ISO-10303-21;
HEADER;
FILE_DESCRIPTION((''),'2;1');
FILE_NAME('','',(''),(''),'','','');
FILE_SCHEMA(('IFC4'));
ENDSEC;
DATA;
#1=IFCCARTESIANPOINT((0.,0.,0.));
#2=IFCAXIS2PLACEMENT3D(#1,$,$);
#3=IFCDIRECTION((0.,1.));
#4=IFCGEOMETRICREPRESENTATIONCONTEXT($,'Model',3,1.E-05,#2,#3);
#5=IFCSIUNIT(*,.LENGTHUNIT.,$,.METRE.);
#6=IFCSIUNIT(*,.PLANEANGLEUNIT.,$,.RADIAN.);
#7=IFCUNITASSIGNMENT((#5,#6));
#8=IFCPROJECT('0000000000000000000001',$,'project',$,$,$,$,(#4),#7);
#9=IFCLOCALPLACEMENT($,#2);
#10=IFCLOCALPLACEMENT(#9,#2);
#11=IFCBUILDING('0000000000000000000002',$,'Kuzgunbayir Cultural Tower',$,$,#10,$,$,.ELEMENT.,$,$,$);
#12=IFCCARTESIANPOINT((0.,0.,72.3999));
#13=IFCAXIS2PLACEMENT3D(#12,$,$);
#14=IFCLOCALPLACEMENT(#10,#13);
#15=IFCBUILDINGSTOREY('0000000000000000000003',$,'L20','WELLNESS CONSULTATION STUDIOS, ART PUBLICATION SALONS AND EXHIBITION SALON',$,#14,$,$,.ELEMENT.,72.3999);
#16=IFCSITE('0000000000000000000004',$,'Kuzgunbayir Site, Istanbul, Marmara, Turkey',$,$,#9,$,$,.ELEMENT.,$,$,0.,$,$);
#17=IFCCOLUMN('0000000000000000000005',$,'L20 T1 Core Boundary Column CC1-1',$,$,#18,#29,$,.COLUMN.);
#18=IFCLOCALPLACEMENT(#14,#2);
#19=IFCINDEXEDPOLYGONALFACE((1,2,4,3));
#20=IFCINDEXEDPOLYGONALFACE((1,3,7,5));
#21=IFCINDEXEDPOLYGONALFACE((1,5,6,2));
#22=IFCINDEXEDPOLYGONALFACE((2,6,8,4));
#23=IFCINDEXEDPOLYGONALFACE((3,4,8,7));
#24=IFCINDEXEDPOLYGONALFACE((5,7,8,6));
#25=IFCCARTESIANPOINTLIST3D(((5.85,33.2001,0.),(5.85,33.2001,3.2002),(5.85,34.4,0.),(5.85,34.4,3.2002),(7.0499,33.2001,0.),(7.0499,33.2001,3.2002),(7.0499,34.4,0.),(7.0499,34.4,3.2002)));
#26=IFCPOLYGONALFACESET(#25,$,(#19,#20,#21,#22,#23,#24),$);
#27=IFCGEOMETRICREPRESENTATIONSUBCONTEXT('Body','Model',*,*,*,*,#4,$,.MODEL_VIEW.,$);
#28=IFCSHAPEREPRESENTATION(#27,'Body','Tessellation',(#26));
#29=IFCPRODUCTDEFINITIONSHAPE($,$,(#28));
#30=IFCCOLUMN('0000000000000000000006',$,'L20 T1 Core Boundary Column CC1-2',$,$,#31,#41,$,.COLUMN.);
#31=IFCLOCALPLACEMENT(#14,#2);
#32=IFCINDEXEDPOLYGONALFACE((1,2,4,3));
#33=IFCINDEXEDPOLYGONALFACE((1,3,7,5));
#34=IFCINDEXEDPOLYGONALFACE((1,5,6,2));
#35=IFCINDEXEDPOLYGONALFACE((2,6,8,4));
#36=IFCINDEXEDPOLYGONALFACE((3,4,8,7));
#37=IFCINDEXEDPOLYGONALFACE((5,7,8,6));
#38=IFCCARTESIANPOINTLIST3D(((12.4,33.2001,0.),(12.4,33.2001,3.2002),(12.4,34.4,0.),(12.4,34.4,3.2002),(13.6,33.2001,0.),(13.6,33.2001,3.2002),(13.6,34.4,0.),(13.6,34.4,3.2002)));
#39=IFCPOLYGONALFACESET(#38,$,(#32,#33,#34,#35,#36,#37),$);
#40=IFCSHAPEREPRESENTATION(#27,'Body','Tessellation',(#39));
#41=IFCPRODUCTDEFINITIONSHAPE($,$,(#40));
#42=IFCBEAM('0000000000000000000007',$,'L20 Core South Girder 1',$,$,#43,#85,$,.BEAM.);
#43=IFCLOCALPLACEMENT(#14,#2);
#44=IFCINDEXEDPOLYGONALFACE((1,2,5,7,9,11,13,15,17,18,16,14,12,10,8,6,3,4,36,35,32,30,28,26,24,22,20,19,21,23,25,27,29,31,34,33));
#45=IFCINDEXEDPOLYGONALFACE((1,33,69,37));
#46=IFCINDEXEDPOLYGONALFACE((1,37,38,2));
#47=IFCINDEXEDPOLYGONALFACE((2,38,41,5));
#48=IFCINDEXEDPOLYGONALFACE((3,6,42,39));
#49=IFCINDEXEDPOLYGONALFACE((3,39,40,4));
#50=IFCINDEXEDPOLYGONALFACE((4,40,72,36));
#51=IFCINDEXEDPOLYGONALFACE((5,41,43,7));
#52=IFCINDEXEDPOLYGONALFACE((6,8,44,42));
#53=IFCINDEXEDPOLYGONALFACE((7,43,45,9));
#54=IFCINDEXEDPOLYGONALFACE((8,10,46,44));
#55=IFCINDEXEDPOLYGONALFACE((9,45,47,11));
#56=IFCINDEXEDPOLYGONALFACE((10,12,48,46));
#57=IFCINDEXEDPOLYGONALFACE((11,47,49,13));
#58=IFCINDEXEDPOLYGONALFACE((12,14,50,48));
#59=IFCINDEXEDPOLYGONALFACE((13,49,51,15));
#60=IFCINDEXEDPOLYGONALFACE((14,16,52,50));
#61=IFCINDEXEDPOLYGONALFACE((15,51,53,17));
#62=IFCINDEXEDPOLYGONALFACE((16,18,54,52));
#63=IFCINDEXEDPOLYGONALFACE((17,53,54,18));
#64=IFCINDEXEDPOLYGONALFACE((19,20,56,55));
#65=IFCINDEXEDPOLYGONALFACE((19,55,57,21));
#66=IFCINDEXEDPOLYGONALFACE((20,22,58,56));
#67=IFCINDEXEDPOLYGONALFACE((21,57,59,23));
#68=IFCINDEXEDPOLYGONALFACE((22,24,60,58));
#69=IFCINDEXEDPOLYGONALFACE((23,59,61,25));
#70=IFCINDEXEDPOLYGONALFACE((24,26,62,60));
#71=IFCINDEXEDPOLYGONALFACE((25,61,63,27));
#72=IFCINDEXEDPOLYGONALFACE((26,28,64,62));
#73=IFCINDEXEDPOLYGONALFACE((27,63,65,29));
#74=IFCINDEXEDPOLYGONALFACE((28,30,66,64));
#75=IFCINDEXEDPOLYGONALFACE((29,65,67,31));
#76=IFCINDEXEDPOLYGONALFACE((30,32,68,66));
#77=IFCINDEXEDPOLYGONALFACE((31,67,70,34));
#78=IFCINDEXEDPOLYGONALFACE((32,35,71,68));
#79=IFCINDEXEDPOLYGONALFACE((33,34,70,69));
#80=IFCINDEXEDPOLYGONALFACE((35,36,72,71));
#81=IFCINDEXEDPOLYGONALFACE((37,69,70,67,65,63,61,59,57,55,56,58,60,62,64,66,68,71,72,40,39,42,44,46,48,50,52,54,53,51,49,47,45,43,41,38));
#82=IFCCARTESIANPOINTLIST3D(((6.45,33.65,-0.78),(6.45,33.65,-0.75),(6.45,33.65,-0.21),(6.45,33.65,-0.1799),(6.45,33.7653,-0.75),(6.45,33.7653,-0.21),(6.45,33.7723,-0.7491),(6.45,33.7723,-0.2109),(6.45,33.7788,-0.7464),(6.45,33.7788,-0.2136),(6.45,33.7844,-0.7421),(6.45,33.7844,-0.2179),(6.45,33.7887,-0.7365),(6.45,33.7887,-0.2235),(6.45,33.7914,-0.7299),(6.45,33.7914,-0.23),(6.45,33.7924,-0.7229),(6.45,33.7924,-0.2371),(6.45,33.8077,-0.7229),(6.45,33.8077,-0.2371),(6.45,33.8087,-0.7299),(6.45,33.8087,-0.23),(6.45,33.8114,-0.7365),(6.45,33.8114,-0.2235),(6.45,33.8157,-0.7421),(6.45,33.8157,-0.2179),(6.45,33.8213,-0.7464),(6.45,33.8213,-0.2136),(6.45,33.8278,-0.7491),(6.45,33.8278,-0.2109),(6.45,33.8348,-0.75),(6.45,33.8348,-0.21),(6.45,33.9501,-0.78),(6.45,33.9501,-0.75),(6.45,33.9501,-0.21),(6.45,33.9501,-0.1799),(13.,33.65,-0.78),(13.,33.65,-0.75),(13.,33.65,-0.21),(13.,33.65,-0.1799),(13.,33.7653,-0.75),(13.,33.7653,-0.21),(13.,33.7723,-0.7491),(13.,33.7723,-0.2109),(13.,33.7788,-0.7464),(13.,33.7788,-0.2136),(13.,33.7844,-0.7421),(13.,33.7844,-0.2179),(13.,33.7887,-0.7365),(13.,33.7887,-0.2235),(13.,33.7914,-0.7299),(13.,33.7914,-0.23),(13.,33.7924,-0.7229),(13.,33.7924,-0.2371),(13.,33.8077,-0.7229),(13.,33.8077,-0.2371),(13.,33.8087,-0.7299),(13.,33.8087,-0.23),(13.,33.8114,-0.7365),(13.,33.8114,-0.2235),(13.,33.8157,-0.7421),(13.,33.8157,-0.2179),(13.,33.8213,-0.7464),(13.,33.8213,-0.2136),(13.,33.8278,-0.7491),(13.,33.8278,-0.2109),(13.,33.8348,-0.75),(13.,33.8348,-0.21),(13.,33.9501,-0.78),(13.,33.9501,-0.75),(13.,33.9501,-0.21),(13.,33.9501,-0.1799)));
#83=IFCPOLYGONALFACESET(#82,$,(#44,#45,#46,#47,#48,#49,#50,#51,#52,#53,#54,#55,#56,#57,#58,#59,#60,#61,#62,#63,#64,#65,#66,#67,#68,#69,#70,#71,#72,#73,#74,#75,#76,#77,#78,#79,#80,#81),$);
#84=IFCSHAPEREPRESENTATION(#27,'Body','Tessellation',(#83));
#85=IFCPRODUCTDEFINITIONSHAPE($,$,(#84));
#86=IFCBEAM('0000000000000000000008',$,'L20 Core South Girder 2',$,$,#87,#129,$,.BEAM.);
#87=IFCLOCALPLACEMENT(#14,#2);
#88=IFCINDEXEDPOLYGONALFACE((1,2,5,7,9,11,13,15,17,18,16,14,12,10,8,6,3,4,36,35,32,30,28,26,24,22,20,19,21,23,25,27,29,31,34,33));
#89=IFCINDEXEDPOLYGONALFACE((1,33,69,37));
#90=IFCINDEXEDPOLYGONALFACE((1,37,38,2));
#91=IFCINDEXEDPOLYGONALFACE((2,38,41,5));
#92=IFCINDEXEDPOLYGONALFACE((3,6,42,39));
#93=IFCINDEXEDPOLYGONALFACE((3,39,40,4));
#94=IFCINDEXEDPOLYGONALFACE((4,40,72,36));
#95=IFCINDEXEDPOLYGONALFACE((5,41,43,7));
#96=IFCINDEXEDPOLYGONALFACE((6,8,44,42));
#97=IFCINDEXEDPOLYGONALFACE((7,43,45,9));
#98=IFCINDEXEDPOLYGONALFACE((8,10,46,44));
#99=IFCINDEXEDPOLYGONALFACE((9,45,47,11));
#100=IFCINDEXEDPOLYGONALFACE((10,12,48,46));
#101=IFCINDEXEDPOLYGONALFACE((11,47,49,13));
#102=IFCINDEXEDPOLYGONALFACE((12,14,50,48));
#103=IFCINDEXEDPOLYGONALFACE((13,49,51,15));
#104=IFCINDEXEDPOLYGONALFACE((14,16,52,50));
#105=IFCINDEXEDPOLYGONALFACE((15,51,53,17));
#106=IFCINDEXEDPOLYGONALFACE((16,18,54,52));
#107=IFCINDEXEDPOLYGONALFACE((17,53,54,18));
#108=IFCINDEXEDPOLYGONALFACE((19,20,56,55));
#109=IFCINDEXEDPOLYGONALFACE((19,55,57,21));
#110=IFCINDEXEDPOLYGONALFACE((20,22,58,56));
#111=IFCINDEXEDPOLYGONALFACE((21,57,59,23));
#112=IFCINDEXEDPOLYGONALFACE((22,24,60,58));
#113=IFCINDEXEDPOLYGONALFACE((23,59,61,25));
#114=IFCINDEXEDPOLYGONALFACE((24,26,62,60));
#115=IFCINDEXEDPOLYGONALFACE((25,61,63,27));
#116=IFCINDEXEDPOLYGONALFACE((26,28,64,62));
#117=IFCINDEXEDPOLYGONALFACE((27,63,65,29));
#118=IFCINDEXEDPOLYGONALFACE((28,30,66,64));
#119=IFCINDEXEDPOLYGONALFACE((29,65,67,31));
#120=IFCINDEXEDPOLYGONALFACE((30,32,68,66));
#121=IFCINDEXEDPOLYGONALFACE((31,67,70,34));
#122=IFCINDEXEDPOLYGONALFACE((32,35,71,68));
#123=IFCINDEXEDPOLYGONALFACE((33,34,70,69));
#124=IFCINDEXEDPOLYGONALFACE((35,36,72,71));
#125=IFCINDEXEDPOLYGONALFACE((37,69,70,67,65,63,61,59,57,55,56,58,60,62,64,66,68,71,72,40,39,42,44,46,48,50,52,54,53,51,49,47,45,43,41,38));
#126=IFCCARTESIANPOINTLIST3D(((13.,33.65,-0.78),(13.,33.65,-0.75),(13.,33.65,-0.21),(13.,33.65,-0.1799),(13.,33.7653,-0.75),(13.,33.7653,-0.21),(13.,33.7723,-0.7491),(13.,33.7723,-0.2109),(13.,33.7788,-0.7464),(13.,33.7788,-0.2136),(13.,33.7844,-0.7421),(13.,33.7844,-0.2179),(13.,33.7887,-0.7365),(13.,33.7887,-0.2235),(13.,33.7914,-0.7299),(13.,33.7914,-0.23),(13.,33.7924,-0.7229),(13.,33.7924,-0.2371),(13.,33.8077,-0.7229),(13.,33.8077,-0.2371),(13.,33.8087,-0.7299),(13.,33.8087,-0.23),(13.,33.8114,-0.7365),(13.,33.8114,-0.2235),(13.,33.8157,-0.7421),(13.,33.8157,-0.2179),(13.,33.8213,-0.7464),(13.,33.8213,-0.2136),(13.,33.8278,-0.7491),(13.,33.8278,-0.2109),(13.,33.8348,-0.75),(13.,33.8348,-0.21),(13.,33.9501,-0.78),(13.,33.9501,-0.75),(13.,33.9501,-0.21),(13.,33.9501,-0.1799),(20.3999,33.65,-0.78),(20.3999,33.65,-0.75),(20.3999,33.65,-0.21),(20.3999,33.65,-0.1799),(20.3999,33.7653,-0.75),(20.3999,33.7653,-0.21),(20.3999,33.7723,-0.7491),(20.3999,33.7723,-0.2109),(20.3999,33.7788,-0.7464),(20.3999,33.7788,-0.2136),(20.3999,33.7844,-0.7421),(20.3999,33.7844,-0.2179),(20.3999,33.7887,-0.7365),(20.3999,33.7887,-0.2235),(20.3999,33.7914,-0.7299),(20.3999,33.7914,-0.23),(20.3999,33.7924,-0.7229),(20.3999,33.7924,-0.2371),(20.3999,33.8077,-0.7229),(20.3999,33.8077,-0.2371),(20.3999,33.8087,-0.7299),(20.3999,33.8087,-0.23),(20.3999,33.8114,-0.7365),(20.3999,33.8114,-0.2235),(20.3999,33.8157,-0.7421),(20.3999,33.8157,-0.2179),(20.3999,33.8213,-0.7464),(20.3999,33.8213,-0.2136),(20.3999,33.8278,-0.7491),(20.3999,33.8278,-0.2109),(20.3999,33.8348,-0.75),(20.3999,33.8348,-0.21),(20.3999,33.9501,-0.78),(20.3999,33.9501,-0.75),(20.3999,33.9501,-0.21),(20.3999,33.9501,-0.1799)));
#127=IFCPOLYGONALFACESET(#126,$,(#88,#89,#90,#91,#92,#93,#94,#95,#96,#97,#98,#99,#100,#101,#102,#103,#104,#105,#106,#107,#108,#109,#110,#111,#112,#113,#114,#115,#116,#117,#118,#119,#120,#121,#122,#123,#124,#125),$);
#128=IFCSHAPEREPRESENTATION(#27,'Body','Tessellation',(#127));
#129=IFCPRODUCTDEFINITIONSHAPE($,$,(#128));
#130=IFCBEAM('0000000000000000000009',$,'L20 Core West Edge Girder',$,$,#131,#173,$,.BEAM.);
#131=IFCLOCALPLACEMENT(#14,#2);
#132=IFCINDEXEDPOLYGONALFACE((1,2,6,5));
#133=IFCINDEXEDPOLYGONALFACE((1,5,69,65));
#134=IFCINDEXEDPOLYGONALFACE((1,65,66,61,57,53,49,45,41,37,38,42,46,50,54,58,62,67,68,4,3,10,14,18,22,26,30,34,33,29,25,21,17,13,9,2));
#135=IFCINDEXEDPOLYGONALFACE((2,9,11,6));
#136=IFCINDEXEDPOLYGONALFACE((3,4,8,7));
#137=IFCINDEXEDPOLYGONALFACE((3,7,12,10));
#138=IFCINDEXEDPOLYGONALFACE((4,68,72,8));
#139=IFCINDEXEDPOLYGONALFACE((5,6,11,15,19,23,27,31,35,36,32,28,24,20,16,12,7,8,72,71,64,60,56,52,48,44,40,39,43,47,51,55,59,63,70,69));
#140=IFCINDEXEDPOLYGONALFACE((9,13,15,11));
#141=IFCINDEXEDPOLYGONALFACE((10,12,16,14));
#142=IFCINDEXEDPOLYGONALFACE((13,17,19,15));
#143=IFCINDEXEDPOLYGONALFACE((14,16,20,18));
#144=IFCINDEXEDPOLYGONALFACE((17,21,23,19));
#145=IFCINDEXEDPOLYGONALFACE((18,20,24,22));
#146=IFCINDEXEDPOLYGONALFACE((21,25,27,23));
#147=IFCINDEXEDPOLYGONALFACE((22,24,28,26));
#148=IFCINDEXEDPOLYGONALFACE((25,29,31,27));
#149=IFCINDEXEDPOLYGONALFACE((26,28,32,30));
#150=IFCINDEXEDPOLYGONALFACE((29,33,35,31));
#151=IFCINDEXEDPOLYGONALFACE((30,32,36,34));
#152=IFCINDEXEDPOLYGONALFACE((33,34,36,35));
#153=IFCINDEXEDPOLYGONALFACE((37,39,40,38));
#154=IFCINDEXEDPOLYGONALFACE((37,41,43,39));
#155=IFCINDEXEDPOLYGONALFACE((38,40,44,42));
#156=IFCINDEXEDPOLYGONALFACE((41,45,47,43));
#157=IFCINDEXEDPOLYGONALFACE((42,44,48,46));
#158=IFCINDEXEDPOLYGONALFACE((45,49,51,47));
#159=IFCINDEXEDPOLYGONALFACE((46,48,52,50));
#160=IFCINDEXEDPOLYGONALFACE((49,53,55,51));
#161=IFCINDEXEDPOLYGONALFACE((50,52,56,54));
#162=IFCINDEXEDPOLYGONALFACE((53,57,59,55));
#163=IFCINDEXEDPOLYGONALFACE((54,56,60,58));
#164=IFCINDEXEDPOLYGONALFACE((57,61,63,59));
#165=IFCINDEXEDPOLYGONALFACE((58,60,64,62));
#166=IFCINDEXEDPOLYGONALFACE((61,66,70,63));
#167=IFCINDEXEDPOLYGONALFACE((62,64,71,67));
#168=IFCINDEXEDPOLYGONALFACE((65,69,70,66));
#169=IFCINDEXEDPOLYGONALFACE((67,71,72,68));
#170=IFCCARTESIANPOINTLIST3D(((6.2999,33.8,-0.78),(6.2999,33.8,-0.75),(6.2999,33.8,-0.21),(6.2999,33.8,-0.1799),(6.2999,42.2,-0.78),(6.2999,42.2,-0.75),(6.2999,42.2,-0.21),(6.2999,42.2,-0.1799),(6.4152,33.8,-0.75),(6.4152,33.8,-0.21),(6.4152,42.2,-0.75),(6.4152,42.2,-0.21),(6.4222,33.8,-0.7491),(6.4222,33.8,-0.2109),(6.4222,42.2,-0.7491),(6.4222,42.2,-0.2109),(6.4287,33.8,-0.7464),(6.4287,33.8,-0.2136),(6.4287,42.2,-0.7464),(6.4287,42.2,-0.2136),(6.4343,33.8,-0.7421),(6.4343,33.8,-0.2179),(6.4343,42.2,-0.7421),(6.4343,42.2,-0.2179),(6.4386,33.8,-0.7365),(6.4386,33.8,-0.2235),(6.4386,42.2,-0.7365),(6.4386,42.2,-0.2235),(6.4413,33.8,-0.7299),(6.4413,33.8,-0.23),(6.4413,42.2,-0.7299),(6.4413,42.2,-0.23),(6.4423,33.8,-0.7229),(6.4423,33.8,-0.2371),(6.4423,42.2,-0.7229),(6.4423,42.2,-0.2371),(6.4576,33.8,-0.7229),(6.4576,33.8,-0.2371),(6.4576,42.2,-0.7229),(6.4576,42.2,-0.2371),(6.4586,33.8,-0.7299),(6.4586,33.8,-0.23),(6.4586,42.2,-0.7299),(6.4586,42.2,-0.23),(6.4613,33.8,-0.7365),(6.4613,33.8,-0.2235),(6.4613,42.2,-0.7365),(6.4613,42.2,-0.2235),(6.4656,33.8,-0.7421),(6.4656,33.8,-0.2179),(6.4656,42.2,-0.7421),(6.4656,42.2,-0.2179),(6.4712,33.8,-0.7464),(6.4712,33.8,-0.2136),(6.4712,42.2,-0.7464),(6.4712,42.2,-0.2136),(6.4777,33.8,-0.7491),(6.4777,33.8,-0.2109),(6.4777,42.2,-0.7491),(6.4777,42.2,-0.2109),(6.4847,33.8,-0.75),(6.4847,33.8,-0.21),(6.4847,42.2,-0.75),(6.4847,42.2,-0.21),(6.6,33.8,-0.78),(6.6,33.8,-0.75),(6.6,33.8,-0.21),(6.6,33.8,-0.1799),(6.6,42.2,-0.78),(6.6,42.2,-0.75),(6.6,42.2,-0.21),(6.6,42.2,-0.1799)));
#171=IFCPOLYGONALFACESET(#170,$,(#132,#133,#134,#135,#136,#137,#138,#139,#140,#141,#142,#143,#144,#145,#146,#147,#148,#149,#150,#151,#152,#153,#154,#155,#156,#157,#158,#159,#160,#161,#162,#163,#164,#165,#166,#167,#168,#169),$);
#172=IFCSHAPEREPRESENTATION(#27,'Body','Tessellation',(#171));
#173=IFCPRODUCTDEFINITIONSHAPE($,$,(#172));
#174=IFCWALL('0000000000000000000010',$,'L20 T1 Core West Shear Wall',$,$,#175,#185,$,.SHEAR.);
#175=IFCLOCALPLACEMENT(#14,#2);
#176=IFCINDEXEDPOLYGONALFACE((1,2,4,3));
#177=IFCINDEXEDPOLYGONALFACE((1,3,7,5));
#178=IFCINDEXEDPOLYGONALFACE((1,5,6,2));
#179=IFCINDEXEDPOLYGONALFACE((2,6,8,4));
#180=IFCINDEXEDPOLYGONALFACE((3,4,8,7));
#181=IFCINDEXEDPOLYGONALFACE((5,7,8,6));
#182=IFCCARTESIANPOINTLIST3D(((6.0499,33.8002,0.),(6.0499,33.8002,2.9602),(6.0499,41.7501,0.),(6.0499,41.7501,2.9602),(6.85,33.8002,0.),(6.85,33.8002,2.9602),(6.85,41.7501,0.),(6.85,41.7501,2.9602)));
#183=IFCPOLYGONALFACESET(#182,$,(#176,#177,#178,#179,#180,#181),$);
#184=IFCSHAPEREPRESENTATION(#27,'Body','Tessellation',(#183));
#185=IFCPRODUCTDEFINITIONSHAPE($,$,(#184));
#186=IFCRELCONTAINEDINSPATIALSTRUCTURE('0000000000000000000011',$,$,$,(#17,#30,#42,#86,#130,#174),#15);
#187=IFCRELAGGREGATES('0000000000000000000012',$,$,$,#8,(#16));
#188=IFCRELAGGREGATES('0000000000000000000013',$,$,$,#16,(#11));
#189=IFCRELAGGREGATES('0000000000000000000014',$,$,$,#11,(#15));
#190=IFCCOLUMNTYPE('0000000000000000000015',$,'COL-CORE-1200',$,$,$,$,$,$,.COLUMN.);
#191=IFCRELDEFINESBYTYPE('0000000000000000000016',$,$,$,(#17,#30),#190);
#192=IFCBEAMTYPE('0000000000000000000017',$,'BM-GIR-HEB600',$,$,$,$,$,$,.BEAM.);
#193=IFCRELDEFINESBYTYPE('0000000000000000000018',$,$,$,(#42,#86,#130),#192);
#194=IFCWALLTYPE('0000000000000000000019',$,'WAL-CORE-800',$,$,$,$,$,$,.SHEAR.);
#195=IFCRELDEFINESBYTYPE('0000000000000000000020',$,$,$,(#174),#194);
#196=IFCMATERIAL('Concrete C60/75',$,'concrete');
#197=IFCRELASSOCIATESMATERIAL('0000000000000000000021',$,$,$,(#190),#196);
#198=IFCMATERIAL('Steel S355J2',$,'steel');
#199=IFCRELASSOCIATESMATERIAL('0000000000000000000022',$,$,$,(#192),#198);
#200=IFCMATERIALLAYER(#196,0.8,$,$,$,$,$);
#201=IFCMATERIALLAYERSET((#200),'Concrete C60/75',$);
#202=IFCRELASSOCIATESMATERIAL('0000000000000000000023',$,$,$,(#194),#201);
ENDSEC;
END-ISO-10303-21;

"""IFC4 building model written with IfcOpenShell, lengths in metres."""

from ifc_helpers import new_model, si_unit, direction, frame, frame_2d, origin, origin_2d, place, context, subcontext, project, spatial, rectangle, i_section, extrude, material, layer, layer_set, material_profile, profile_set, type_object, element, save


model = new_model("IFC4")

# Units and contexts
model_context = context("Model", 3, precision=1e-05, world=origin(), true_north=direction((0.0, 1.0)))
body_context = subcontext(model_context, "Body", "Model", "MODEL_VIEW")
ifc_project = project(units=[si_unit("LENGTHUNIT", "METRE"), si_unit("PLANEANGLEUNIT", "RADIAN")], contexts=[model_context])

# Site, building, storey
site_placement = place(None, origin())
site = spatial("IfcSite", under=ifc_project, at=site_placement, Name="Kuzgunbayir Site, Istanbul, Marmara, Turkey", CompositionType="ELEMENT", RefElevation=0.0)
building_placement = place(site_placement, origin())
building = spatial("IfcBuilding", under=site, at=building_placement, Name="Kuzgunbayir Cultural Tower", CompositionType="ELEMENT")
storey_placement = place(building_placement, frame((0.0, 0.0, 72.3999)))
storey = spatial("IfcBuildingStorey", under=building, at=storey_placement, Name="L20", Description="WELLNESS CONSULTATION STUDIOS, ART PUBLICATION SALONS AND EXHIBITION SALON", CompositionType="ELEMENT", Elevation=72.3999)

# Columns
ifc_material_1 = material(Name="Concrete C60/75", Category="concrete")
ifc_material_profile_1 = material_profile(ifc_material_1, rectangle(XDim=1.2, YDim=1.2, at=origin_2d()), Name="RC 1200x1200")
ifc_profile_set_1 = profile_set([ifc_material_profile_1], Name="Concrete C60/75")
column_type = type_object("IfcColumnType", Name="COL-CORE-1200", PredefinedType="COLUMN", material=ifc_profile_set_1)
for number, where, z_axis, x_axis, name in (
    (1, (6.45, 33.8, 0.0), (0.0, 0.0, 1.0), (1.0, 0.0, 0.0), "L20 T1 Core Boundary Column CC1-1"),
    (2, (13.0, 33.8, 0.0), (0.0, 0.0, 1.0), (1.0, 0.0, 0.0), "L20 T1 Core Boundary Column CC1-2"),
):
    element("IfcColumn", number, at=place(storey_placement, frame(where, z_axis=z_axis, x_axis=x_axis)), inside=storey, type_object=column_type, Name=name, PredefinedType="COLUMN", context=body_context, shape_type="SweptSolid", body=[
        extrude(rectangle(XDim=1.2, YDim=1.2, at=origin_2d()), origin(), (0.0, 0.0, 1.0), 3.2002),
    ])

# Beams
ifc_material_2 = material(Name="Steel S355J2", Category="steel")
ifc_material_profile_2 = material_profile(ifc_material_2, i_section(OverallWidth=0.3, OverallDepth=0.6001, WebThickness=0.0154, FlangeThickness=0.03, FilletRadius=0.0271, at=origin_2d()), Name="HEB 600")
ifc_profile_set_2 = profile_set([ifc_material_profile_2], Name="Steel S355J2")
beam_type = type_object("IfcBeamType", Name="BM-GIR-HEB600", PredefinedType="BEAM", material=ifc_profile_set_2)
beam_1_placement = place(storey_placement, frame((6.45, 33.8, -0.48), z_axis=(1.0, 0.0, 0.0), x_axis=(0.0, 1.0, 0.0)))
element("IfcBeam", 3, at=beam_1_placement, inside=storey, type_object=beam_type, Name="L20 Core South Girder 1", PredefinedType="BEAM", context=body_context, shape_type="SweptSolid", body=[
    extrude(i_section(OverallWidth=0.3, OverallDepth=0.6001, WebThickness=0.0154, FlangeThickness=0.03, FilletRadius=0.0271, at=origin_2d()), origin(), (0.0, 0.0, 1.0), 6.55),
])
beam_2_placement = place(storey_placement, frame((13.0, 33.8, -0.48), z_axis=(1.0, 0.0, 0.0), x_axis=(0.0, 1.0, 0.0)))
element("IfcBeam", 4, at=beam_2_placement, inside=storey, type_object=beam_type, Name="L20 Core South Girder 2", PredefinedType="BEAM", context=body_context, shape_type="SweptSolid", body=[
    extrude(i_section(OverallWidth=0.3, OverallDepth=0.6001, WebThickness=0.0154, FlangeThickness=0.03, FilletRadius=0.0271, at=origin_2d()), origin(), (0.0, 0.0, 1.0), 7.3999),
])
beam_3_placement = place(storey_placement, frame((6.45, 33.8, -0.48), z_axis=(0.0, 1.0, 0.0), x_axis=(-1.0, 0.0, 0.0)))
element("IfcBeam", 5, at=beam_3_placement, inside=storey, type_object=beam_type, Name="L20 Core West Edge Girder", PredefinedType="BEAM", context=body_context, shape_type="SweptSolid", body=[
    extrude(i_section(OverallWidth=0.3, OverallDepth=0.6001, WebThickness=0.0154, FlangeThickness=0.03, FilletRadius=0.0271, at=origin_2d()), origin(), (0.0, 0.0, 1.0), 8.3999),
])

# Wall
ifc_layer_1 = layer(ifc_material_1, 0.8)
ifc_layer_set_1 = layer_set([ifc_layer_1], Name="Concrete C60/75")
wall_type_1 = type_object("IfcWallType", Name="WAL-CORE-800", PredefinedType="SHEAR", material=ifc_layer_set_1)
wall_1_placement = place(storey_placement, frame((6.45, 33.8, 0.0), z_axis=(0.0, 0.0, 1.0), x_axis=(0.0, 1.0, 0.0)))
element("IfcWall", 6, at=wall_1_placement, inside=storey, type_object=wall_type_1, Name="L20 T1 Core West Shear Wall", PredefinedType="SHEAR", context=body_context, shape_type="SweptSolid", body=[
    extrude(rectangle(XDim=7.95, YDim=0.8, at=frame_2d((3.9751, 0.0))), origin(), (0.0, 0.0, 1.0), 2.9602),
])

save(model, "model.ifc")
